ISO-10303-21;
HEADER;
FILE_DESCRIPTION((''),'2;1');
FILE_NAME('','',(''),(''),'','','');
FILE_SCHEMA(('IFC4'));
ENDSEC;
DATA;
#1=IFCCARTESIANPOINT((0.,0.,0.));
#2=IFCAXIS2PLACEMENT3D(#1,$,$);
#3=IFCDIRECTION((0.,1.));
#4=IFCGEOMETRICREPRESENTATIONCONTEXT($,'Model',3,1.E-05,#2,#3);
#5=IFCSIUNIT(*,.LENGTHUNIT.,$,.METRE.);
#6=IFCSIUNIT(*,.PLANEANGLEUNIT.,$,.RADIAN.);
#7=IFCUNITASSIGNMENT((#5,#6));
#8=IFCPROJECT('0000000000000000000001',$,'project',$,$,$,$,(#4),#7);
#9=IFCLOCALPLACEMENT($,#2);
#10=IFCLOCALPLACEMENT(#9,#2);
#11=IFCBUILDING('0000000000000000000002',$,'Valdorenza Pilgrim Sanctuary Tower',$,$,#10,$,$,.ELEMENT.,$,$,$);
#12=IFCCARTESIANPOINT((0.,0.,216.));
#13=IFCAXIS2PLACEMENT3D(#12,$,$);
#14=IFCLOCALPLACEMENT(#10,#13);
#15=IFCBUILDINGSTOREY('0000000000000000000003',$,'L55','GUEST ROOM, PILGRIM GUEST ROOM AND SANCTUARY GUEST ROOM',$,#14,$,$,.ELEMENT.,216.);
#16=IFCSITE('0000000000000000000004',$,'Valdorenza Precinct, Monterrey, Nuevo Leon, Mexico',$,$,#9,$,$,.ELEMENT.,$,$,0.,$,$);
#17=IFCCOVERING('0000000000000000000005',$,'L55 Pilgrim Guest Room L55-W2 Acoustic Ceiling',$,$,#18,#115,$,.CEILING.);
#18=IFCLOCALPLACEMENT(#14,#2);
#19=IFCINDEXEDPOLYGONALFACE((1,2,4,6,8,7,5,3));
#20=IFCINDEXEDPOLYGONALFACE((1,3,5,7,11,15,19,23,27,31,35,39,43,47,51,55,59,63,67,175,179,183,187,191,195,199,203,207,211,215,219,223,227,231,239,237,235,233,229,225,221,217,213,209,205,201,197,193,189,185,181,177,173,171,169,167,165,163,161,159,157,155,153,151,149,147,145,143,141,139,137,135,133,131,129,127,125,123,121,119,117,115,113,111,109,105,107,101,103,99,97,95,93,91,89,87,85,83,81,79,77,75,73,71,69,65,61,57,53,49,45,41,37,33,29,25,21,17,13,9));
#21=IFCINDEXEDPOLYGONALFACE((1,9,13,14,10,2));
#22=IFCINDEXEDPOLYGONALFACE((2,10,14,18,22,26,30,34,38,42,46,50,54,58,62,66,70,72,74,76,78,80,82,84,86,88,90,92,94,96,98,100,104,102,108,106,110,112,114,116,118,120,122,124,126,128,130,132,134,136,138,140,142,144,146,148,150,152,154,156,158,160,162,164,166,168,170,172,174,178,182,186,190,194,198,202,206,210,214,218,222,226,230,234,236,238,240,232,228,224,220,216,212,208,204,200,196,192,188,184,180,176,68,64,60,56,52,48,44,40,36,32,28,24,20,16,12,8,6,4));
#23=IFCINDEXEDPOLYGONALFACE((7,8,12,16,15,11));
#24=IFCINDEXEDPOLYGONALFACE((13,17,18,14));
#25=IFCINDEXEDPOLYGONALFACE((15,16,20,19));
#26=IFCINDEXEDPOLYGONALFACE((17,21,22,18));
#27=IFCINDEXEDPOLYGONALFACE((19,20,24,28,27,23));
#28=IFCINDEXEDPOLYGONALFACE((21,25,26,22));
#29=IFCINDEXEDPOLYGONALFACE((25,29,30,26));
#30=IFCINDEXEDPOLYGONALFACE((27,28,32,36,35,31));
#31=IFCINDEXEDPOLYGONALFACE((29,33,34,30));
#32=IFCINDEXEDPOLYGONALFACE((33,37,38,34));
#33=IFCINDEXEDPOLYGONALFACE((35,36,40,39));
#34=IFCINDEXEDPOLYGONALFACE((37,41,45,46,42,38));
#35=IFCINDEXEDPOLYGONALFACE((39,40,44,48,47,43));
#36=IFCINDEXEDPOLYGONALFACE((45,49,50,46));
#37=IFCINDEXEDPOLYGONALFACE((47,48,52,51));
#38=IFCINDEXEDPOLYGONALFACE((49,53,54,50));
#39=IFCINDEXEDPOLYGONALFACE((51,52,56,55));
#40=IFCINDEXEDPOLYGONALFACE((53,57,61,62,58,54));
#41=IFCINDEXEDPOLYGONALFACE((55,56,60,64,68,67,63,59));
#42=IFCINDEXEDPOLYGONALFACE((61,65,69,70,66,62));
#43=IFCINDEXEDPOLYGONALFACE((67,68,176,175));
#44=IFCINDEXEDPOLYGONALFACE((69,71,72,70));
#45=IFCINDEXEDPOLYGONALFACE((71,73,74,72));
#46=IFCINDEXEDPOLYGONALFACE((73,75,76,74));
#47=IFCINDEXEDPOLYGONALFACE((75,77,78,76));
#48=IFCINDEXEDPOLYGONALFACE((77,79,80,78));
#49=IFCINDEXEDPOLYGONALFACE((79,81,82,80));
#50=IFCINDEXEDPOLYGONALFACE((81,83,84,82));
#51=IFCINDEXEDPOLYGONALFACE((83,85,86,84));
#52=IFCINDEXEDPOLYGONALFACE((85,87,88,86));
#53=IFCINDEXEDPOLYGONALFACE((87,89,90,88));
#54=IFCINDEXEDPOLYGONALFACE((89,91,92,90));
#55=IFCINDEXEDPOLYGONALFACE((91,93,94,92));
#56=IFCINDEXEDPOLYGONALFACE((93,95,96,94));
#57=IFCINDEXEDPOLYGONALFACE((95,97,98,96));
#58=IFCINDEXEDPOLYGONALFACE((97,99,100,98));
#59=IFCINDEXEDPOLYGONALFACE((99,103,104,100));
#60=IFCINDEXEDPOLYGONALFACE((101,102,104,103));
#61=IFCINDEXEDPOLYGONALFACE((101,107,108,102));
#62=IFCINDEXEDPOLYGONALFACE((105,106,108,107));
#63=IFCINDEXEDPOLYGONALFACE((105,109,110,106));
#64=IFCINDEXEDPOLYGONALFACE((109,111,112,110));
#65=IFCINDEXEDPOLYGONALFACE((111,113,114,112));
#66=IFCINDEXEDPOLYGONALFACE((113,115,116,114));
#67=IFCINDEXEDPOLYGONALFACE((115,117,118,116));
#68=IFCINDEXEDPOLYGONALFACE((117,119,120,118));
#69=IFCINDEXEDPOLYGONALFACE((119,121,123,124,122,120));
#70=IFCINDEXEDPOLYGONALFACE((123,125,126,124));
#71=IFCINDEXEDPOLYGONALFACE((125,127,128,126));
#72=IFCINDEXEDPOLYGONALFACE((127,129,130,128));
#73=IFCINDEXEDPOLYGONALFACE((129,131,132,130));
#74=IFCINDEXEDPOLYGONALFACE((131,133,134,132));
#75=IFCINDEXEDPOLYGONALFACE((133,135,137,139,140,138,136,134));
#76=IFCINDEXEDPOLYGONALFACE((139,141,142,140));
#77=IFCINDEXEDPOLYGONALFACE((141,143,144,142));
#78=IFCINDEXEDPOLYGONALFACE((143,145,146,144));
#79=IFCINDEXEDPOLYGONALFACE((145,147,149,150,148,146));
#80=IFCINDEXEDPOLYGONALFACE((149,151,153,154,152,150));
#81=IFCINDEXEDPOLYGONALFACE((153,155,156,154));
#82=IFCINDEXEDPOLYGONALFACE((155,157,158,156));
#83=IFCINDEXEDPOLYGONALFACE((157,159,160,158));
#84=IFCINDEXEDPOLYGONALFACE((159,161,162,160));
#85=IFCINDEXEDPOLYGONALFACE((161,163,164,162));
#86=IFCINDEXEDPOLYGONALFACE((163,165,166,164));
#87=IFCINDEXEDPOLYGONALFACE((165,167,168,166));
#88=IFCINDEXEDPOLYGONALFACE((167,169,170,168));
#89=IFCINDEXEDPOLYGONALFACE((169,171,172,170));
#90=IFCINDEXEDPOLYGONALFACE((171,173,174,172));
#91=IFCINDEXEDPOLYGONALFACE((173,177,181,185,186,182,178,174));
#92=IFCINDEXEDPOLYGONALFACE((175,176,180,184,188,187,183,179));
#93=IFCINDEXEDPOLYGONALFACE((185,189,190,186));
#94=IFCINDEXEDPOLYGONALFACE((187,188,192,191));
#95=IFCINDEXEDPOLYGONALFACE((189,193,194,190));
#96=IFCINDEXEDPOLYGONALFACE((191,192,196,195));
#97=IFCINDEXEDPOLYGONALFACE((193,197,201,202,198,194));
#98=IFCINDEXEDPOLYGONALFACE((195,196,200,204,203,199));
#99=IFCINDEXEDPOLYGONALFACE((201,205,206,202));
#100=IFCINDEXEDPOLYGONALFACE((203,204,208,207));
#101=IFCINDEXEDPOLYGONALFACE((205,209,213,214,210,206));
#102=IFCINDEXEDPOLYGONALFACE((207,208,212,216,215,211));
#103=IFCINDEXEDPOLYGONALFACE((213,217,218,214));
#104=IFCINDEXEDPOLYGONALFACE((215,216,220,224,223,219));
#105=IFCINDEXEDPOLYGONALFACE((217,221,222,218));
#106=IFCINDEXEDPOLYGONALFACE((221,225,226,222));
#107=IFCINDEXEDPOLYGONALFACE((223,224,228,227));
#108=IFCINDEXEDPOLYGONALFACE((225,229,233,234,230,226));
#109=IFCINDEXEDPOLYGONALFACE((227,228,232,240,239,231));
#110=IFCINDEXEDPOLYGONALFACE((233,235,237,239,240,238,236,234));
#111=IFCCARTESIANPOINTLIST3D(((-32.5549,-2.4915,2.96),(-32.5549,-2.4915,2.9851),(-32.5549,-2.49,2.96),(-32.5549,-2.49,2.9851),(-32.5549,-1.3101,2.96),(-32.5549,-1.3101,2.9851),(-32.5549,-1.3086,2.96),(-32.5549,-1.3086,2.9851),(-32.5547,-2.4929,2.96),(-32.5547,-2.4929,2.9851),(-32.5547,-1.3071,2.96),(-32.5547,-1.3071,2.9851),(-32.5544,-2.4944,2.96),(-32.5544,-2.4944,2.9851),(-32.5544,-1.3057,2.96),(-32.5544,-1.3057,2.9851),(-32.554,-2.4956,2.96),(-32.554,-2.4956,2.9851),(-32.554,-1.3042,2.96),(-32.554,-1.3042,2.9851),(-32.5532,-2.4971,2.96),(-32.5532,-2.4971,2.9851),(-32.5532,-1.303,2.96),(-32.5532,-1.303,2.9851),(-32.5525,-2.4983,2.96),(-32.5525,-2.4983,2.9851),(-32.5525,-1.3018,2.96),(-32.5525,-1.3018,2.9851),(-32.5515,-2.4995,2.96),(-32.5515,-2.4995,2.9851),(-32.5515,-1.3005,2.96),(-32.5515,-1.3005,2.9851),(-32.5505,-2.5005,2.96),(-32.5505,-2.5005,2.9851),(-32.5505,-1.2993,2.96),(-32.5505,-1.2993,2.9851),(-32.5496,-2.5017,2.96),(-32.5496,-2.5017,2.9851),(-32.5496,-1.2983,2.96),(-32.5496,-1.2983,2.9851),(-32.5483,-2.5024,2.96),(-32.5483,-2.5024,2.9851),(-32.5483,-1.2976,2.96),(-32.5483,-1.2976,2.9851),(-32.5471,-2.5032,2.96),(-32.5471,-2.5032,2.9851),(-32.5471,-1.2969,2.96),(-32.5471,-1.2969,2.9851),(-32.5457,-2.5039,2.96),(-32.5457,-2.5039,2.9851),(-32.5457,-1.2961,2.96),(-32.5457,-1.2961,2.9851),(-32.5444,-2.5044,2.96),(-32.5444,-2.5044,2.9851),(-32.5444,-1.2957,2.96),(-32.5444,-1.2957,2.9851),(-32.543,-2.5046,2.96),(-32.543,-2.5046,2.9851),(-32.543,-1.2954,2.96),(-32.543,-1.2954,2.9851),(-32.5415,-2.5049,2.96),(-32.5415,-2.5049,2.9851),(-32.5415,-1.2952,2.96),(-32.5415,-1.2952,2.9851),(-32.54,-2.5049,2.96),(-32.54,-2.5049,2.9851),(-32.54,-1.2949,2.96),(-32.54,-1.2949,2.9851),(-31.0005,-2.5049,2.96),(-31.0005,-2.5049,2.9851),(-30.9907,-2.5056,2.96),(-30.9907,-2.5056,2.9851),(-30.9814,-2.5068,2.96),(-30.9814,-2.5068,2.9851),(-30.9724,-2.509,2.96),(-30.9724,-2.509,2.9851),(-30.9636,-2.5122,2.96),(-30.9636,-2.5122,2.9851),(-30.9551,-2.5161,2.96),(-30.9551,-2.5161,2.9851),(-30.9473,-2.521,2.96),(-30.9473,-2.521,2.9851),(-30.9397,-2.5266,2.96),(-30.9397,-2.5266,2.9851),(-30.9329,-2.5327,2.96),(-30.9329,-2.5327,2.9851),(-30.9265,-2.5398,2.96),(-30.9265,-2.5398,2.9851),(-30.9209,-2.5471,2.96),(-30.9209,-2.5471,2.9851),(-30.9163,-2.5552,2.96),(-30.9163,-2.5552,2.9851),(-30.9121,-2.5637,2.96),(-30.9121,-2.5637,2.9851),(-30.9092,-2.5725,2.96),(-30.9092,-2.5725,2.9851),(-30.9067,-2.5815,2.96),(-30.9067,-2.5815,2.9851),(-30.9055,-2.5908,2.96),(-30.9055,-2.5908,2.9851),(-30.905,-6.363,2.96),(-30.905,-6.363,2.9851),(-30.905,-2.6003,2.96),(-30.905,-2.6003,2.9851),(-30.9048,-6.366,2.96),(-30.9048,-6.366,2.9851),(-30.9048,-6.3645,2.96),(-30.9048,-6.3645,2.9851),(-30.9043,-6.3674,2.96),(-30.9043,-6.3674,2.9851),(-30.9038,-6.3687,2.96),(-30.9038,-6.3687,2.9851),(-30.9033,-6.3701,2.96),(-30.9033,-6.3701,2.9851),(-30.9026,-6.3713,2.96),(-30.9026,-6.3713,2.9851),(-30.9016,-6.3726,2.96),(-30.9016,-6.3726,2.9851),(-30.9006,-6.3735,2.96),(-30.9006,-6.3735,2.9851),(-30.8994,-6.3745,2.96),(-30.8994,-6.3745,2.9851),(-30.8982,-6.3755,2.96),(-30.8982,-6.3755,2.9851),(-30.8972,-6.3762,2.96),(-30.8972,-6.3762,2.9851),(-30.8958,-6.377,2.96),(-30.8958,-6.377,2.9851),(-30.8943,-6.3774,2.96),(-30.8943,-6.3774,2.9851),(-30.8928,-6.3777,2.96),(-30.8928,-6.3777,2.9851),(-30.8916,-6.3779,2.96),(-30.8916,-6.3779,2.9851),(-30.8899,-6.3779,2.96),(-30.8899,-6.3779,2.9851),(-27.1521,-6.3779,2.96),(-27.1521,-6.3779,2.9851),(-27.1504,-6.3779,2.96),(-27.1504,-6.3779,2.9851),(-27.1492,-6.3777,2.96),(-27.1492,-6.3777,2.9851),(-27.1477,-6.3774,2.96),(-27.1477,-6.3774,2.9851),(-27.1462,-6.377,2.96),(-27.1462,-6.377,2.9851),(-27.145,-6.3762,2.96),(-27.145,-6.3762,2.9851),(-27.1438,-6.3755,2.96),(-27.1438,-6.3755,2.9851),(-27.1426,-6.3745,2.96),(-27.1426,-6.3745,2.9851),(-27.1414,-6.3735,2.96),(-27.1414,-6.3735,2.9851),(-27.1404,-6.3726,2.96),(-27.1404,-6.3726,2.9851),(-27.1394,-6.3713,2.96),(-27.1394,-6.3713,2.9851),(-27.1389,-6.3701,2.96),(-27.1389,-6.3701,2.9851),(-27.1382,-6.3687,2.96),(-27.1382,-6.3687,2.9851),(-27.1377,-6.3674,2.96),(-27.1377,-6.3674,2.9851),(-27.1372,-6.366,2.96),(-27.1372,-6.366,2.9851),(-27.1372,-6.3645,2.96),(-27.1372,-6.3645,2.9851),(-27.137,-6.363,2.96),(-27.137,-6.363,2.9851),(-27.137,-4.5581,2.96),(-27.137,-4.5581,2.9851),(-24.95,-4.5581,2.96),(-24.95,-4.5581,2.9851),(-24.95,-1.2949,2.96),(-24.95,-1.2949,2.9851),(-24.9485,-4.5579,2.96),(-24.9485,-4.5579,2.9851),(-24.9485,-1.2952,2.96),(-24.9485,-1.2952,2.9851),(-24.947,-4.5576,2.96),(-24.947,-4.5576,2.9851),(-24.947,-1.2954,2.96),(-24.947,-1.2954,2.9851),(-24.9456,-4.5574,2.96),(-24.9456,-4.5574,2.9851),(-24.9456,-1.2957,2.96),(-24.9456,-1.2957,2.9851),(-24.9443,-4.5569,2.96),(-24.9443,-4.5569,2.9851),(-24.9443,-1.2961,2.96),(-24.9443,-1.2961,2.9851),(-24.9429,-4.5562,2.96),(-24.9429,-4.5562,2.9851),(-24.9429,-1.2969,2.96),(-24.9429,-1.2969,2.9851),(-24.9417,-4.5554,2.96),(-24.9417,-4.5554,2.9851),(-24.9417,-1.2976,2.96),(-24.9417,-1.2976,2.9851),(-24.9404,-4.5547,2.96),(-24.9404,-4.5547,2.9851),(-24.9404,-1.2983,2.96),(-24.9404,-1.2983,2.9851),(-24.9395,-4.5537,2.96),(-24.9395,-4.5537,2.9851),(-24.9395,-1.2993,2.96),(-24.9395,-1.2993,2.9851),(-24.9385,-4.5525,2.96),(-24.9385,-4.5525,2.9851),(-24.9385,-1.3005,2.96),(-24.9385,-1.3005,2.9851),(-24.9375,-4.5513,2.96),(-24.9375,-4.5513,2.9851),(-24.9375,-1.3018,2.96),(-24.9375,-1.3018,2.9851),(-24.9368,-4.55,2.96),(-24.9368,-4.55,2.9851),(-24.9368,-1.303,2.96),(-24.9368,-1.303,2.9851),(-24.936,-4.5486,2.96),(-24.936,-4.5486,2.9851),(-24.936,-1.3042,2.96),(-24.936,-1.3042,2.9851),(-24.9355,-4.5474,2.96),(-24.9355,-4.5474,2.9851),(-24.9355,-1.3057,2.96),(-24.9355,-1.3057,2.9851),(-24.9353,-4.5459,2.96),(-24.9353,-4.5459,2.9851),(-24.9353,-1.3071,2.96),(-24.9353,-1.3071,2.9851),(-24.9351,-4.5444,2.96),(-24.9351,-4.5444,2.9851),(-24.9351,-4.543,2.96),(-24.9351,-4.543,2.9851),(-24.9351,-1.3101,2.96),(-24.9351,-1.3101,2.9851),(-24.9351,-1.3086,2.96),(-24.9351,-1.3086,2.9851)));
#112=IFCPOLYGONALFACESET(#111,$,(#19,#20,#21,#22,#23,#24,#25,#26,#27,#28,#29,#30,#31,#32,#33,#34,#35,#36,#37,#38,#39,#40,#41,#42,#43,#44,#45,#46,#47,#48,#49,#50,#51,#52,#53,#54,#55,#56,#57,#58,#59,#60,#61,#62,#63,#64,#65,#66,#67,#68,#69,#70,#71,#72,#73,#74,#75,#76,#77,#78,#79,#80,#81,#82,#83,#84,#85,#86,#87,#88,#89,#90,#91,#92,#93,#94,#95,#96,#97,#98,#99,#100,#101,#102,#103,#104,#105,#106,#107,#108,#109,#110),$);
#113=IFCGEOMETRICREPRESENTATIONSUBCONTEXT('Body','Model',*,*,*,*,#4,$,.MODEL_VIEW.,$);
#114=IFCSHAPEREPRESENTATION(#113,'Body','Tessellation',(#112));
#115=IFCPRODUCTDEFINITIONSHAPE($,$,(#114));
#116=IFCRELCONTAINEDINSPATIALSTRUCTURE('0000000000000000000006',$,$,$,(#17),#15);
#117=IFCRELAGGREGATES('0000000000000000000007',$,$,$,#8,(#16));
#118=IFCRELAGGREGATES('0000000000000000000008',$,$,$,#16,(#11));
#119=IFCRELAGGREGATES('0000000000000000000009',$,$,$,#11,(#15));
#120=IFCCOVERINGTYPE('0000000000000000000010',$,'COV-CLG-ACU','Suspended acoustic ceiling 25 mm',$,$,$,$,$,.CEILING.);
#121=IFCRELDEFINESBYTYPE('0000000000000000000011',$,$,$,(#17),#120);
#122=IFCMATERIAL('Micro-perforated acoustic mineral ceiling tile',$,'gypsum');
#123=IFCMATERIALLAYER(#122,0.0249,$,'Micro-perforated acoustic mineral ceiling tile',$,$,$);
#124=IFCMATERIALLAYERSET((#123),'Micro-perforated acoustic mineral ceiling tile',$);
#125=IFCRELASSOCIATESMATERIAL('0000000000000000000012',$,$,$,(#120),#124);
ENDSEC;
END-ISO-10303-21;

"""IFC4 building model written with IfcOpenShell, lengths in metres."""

from ifc_helpers import new_model, si_unit, direction, frame, origin, place, context, subcontext, project, spatial, polyline, outline, extrude, material, layer, layer_set, type_object, element, save


model = new_model("IFC4")

# Units and contexts
model_context = context("Model", 3, precision=1e-05, world=origin(), true_north=direction((0.0, 1.0)))
body_context = subcontext(model_context, "Body", "Model", "MODEL_VIEW")
ifc_project = project(units=[si_unit("LENGTHUNIT", "METRE"), si_unit("PLANEANGLEUNIT", "RADIAN")], contexts=[model_context])

# Site, building, storey
site_placement = place(None, origin())
site = spatial("IfcSite", under=ifc_project, at=site_placement, Name="Valdorenza Precinct, Monterrey, Nuevo Leon, Mexico", CompositionType="ELEMENT", RefElevation=0.0)
building_placement = place(site_placement, origin())
building = spatial("IfcBuilding", under=site, at=building_placement, Name="Valdorenza Pilgrim Sanctuary Tower", CompositionType="ELEMENT")
storey_placement = place(building_placement, frame((0.0, 0.0, 216.0)))
storey = spatial("IfcBuildingStorey", under=building, at=storey_placement, Name="L55", Description="GUEST ROOM, PILGRIM GUEST ROOM AND SANCTUARY GUEST ROOM", CompositionType="ELEMENT", Elevation=216.0)

# Covering
ifc_material_1 = material(Name="Micro-perforated acoustic mineral ceiling tile", Category="gypsum")
ifc_layer_1 = layer(ifc_material_1, 0.0249, Name="Micro-perforated acoustic mineral ceiling tile")
ifc_layer_set_1 = layer_set([ifc_layer_1], Name="Micro-perforated acoustic mineral ceiling tile")
covering_type_1 = type_object("IfcCoveringType", Name="COV-CLG-ACU", Description="Suspended acoustic ceiling 25 mm", PredefinedType="CEILING", material=ifc_layer_set_1)
covering_1_placement = place(storey_placement, frame((0.0, 0.0, 2.96)))
element("IfcCovering", 1, at=covering_1_placement, inside=storey, type_object=covering_type_1, Name="L55 Pilgrim Guest Room L55-W2 Acoustic Ceiling", PredefinedType="CEILING", context=body_context, shape_type="SweptSolid", body=[
    extrude(outline(polyline([(-27.137, -4.5581), (-27.137, -6.363), (-27.1372, -6.3645), (-27.1372, -6.366), (-27.1377, -6.3674), (-27.1382, -6.3687), (-27.1389, -6.3701), (-27.1394, -6.3713), (-27.1404, -6.3726), (-27.1414, -6.3735), (-27.1426, -6.3745), (-27.1438, -6.3755), (-27.145, -6.3762), (-27.1462, -6.377), (-27.1477, -6.3774), (-27.1492, -6.3777), (-27.1504, -6.3779), (-27.1521, -6.3779), (-30.8899, -6.3779), (-30.8916, -6.3779), (-30.8928, -6.3777), (-30.8943, -6.3774), (-30.8958, -6.377), (-30.8972, -6.3762), (-30.8982, -6.3755), (-30.8994, -6.3745), (-30.9006, -6.3735), (-30.9016, -6.3726), (-30.9026, -6.3713), (-30.9033, -6.3701), (-30.9038, -6.3687), (-30.9043, -6.3674), (-30.9048, -6.366), (-30.9048, -6.3645), (-30.905, -6.363), (-30.905, -2.6003), (-30.9055, -2.5908), (-30.9067, -2.5815), (-30.9092, -2.5725), (-30.9121, -2.5637), (-30.9163, -2.5552), (-30.9209, -2.5471), (-30.9265, -2.5398), (-30.9329, -2.5327), (-30.9397, -2.5266), (-30.9473, -2.521), (-30.9551, -2.5161), (-30.9636, -2.5122), (-30.9724, -2.509), (-30.9814, -2.5068), (-30.9907, -2.5056), (-31.0005, -2.5049), (-32.54, -2.5049), (-32.5415, -2.5049), (-32.543, -2.5046), (-32.5444, -2.5044), (-32.5457, -2.5039), (-32.5471, -2.5032), (-32.5483, -2.5024), (-32.5496, -2.5017), (-32.5505, -2.5005), (-32.5515, -2.4995), (-32.5525, -2.4983), (-32.5532, -2.4971), (-32.554, -2.4956), (-32.5544, -2.4944), (-32.5547, -2.4929), (-32.5549, -2.4915), (-32.5549, -2.49), (-32.5549, -1.3101), (-32.5549, -1.3086), (-32.5547, -1.3071), (-32.5544, -1.3057), (-32.554, -1.3042), (-32.5532, -1.303), (-32.5525, -1.3018), (-32.5515, -1.3005), (-32.5505, -1.2993), (-32.5496, -1.2983), (-32.5483, -1.2976), (-32.5471, -1.2969), (-32.5457, -1.2961), (-32.5444, -1.2957), (-32.543, -1.2954), (-32.5415, -1.2952), (-32.54, -1.2949), (-24.95, -1.2949), (-24.9485, -1.2952), (-24.947, -1.2954), (-24.9456, -1.2957), (-24.9443, -1.2961), (-24.9429, -1.2969), (-24.9417, -1.2976), (-24.9404, -1.2983), (-24.9395, -1.2993), (-24.9385, -1.3005), (-24.9375, -1.3018), (-24.9368, -1.303), (-24.936, -1.3042), (-24.9355, -1.3057), (-24.9353, -1.3071), (-24.9351, -1.3086), (-24.9351, -1.3101), (-24.9351, -4.543), (-24.9351, -4.5444), (-24.9353, -4.5459), (-24.9355, -4.5474), (-24.936, -4.5486), (-24.9368, -4.55), (-24.9375, -4.5513), (-24.9385, -4.5525), (-24.9395, -4.5537), (-24.9404, -4.5547), (-24.9417, -4.5554), (-24.9429, -4.5562), (-24.9443, -4.5569), (-24.9456, -4.5574), (-24.947, -4.5576), (-24.9485, -4.5579), (-24.95, -4.5581), (-27.137, -4.5581)])), origin(), (0.0, 0.0, 1.0), 0.0251),
])

save(model, "model.ifc")
